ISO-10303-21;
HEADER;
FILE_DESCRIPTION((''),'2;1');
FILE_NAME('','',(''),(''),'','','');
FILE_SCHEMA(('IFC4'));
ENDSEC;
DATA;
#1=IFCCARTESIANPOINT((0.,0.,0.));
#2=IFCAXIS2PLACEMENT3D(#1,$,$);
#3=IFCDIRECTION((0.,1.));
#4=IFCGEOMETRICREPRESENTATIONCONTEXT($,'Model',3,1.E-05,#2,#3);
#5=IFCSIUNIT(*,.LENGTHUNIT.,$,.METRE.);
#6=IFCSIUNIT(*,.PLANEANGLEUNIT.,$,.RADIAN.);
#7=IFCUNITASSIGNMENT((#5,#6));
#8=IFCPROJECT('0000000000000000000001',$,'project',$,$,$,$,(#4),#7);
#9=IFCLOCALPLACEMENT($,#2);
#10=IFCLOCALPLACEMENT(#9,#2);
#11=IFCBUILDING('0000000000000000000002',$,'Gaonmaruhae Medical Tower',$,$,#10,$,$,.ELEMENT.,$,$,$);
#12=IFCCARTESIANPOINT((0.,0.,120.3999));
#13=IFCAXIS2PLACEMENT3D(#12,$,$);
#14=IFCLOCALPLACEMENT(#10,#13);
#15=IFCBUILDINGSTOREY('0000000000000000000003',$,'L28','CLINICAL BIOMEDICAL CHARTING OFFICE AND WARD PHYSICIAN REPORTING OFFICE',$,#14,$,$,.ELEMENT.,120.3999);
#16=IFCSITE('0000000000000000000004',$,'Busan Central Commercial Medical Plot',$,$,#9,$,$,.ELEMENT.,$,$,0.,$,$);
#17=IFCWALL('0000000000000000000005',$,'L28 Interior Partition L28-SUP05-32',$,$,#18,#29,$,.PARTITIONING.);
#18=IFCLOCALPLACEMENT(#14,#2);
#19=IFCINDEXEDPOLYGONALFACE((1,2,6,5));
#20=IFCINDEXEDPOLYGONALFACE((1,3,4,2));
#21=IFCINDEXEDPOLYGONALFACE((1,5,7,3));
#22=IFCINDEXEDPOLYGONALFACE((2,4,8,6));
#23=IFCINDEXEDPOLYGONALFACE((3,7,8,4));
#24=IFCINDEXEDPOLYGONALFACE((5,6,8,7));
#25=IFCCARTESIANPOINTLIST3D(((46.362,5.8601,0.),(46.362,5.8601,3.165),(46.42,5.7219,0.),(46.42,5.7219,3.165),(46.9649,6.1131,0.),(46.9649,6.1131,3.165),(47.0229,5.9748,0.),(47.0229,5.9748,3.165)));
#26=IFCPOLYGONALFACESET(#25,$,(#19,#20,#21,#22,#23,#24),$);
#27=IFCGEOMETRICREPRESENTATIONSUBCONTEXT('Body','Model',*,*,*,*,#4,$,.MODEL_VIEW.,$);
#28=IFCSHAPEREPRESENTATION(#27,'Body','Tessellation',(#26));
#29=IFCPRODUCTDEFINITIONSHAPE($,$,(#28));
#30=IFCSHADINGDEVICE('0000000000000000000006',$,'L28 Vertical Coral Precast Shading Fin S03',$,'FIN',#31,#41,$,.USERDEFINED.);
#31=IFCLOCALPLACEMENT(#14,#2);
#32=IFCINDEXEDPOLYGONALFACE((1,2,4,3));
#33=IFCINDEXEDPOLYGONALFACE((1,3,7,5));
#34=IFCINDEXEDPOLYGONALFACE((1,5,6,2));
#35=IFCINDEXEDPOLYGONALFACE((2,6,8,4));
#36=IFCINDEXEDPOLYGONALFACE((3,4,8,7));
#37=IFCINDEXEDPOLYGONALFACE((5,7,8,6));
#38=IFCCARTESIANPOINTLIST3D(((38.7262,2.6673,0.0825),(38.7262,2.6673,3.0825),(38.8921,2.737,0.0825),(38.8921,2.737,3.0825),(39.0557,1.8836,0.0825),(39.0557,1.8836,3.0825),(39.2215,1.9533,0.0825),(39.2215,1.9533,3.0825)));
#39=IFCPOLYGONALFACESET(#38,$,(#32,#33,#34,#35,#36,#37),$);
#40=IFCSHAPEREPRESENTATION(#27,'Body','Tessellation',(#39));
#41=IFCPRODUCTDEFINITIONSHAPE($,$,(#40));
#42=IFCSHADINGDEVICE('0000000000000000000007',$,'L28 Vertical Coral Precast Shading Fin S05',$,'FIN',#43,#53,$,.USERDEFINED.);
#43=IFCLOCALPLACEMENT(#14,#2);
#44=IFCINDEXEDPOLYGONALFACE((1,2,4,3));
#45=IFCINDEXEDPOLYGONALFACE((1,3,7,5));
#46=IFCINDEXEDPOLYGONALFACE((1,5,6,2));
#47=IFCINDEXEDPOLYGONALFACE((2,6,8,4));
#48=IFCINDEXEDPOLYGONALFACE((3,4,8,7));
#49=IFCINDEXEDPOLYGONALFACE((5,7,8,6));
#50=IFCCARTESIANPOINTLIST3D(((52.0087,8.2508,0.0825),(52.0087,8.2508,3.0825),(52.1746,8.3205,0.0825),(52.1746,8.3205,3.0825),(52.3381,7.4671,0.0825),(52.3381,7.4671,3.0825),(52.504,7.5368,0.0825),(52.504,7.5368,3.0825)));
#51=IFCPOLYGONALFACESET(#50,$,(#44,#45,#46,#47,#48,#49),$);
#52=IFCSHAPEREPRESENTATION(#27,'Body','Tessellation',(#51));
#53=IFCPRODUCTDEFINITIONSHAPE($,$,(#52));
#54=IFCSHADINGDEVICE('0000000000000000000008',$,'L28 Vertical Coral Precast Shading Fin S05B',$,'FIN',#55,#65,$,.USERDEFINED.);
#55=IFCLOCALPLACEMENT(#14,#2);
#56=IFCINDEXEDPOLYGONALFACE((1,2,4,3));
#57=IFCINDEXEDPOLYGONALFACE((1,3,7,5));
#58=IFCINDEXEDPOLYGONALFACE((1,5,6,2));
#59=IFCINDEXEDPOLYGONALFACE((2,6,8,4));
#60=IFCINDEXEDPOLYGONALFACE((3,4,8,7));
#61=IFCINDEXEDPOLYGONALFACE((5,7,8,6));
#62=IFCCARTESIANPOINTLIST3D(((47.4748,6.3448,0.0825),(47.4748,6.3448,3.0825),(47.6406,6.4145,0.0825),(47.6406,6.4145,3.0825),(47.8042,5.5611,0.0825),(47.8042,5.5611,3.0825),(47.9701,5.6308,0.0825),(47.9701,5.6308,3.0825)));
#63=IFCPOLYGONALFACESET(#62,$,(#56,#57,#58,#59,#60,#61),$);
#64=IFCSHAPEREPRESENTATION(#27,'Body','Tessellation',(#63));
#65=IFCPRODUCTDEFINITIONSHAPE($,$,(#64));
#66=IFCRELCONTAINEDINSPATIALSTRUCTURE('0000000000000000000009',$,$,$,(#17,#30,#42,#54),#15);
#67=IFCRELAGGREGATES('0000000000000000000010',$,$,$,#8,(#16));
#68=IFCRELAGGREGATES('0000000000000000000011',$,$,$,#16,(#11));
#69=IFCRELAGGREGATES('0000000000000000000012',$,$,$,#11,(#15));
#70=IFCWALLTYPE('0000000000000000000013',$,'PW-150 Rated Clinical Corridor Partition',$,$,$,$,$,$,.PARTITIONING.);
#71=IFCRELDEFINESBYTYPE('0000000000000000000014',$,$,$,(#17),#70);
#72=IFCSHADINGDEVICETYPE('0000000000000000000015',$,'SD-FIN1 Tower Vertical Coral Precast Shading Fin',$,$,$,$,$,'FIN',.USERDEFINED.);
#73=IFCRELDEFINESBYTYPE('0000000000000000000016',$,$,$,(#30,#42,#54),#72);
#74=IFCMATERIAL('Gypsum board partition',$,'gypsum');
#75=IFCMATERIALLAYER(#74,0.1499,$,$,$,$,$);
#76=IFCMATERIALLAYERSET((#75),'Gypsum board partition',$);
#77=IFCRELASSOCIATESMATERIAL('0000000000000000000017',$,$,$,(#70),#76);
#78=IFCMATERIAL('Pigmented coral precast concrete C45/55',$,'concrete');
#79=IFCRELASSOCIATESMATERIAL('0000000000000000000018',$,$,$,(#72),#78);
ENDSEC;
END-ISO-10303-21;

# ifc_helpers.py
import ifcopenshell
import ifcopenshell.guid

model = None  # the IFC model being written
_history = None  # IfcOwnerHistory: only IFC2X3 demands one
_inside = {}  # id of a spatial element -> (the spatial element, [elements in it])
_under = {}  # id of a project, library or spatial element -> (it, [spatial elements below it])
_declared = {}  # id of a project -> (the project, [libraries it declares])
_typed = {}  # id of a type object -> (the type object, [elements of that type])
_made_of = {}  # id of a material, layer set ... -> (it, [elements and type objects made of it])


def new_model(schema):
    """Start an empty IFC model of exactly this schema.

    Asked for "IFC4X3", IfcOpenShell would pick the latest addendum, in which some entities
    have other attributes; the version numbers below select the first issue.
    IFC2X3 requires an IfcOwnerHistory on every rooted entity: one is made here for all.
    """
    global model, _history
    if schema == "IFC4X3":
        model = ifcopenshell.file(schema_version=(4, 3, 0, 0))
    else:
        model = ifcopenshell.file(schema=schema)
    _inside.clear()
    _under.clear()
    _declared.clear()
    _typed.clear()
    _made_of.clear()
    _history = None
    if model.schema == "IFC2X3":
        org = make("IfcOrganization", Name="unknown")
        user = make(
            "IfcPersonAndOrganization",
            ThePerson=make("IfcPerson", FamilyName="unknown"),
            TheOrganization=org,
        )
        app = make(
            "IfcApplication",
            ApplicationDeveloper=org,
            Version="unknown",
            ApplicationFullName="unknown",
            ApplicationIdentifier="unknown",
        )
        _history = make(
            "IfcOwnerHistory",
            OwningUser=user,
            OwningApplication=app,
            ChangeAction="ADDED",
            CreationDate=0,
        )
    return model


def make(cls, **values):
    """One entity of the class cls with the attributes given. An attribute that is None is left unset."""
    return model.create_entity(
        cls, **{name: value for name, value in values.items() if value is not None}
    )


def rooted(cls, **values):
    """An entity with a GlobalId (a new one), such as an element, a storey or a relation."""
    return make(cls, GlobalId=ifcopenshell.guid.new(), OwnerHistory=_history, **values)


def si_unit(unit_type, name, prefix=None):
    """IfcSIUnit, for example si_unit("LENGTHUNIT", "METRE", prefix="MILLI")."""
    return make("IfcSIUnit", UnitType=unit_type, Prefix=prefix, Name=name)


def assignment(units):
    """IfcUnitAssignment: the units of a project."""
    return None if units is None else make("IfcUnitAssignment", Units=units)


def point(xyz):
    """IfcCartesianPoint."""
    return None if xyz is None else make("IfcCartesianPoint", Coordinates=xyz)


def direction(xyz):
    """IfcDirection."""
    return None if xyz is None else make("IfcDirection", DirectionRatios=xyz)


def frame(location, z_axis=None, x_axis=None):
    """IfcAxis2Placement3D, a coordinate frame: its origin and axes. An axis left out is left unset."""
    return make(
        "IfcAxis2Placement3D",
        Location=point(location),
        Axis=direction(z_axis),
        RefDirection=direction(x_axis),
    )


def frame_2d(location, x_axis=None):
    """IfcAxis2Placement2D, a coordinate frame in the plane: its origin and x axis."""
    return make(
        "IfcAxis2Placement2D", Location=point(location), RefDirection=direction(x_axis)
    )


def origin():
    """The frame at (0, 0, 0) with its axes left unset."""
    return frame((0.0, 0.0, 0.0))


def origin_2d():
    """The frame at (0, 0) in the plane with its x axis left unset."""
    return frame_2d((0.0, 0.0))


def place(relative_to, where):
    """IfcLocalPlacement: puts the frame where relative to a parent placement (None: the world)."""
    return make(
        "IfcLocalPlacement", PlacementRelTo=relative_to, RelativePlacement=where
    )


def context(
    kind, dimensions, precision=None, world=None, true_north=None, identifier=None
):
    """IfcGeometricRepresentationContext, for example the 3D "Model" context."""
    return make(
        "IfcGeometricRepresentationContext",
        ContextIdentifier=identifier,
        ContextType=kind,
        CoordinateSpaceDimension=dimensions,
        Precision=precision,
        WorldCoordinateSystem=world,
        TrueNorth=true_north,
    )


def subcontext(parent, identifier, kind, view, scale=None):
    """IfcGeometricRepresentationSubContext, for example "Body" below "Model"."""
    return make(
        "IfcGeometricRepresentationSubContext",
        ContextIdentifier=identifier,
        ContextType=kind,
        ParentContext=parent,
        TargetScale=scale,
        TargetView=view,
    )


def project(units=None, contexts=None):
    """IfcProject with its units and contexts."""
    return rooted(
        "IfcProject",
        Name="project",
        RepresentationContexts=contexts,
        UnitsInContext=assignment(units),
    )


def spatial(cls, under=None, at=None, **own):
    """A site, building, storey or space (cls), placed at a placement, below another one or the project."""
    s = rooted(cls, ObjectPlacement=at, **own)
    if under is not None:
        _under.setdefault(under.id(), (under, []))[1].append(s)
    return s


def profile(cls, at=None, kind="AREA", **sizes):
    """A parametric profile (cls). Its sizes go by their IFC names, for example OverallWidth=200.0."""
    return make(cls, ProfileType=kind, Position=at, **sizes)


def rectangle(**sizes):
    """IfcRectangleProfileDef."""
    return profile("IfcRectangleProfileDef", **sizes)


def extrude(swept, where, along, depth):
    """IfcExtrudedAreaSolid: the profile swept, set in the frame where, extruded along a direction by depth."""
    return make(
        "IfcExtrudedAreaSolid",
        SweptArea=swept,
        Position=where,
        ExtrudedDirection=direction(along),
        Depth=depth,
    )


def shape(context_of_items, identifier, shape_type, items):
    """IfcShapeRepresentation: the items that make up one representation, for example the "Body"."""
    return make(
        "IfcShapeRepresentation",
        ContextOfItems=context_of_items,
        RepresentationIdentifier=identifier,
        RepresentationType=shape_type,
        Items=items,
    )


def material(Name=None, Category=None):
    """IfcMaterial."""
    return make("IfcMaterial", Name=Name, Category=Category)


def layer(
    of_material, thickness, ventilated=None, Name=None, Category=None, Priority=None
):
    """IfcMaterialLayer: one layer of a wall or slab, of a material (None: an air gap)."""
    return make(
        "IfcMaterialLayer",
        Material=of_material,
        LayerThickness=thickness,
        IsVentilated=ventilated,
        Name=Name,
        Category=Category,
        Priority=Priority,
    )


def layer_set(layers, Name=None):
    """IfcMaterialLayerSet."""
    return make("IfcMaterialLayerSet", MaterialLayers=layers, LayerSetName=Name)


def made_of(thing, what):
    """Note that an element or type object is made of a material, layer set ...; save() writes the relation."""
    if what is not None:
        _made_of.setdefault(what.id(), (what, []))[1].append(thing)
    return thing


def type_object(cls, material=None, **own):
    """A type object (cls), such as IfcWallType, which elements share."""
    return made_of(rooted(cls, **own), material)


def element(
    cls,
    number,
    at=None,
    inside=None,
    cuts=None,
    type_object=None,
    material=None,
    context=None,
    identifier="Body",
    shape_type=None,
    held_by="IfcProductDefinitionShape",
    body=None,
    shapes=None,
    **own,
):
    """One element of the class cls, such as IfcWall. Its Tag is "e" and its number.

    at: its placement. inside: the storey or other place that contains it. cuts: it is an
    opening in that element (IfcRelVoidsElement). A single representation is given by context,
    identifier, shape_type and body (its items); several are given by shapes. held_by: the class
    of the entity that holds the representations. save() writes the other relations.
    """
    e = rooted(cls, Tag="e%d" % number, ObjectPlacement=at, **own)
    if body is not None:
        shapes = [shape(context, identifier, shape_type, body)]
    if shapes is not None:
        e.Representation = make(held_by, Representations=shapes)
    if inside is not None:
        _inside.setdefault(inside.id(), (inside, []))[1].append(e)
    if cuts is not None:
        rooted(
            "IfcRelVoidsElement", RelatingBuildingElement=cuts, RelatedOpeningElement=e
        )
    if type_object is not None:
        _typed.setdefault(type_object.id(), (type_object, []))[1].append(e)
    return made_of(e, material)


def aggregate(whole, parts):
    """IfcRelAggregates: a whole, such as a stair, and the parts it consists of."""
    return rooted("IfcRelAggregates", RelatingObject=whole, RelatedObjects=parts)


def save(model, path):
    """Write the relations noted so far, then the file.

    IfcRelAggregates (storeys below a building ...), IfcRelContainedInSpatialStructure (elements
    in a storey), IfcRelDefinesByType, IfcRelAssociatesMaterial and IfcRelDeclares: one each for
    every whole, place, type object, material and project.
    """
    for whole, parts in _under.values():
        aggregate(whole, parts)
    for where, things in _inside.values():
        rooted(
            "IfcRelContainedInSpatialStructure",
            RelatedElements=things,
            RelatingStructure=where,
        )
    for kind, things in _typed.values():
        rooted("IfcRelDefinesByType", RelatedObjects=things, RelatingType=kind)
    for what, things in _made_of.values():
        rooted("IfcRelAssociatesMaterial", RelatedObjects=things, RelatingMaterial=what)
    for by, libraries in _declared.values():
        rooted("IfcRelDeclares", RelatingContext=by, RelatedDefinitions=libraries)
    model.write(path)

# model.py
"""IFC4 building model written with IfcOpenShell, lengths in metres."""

from ifc_helpers import new_model, si_unit, direction, frame, frame_2d, origin, origin_2d, place, context, subcontext, project, spatial, rectangle, extrude, material, layer, layer_set, type_object, element, save


model = new_model("IFC4")

# Units and contexts
model_context = context("Model", 3, precision=1e-05, world=origin(), true_north=direction((0.0, 1.0)))
body_context = subcontext(model_context, "Body", "Model", "MODEL_VIEW")
ifc_project = project(units=[si_unit("LENGTHUNIT", "METRE"), si_unit("PLANEANGLEUNIT", "RADIAN")], contexts=[model_context])

# Site, building, storey
site_placement = place(None, origin())
site = spatial("IfcSite", under=ifc_project, at=site_placement, Name="Busan Central Commercial Medical Plot", CompositionType="ELEMENT", RefElevation=0.0)
building_placement = place(site_placement, origin())
building = spatial("IfcBuilding", under=site, at=building_placement, Name="Gaonmaruhae Medical Tower", CompositionType="ELEMENT")
storey_placement = place(building_placement, frame((0.0, 0.0, 120.3999)))
storey = spatial("IfcBuildingStorey", under=building, at=storey_placement, Name="L28", Description="CLINICAL BIOMEDICAL CHARTING OFFICE AND WARD PHYSICIAN REPORTING OFFICE", CompositionType="ELEMENT", Elevation=120.3999)

# Shared definitions
ifc_material_1 = material(Name="Gypsum board partition", Category="gypsum")
ifc_layer_1 = layer(ifc_material_1, 0.1499)
ifc_layer_set_1 = layer_set([ifc_layer_1], Name="Gypsum board partition")
wall_type_1 = type_object("IfcWallType", Name="PW-150 Rated Clinical Corridor Partition", PredefinedType="PARTITIONING", material=ifc_layer_set_1)

# Wall
wall_1_placement = place(storey_placement, frame((46.9939, 6.0439, 0.0), z_axis=(0.0, 0.0, 1.0), x_axis=(-0.922113, -0.386921, 0.0)))
element("IfcWall", 1, at=wall_1_placement, inside=storey, type_object=wall_type_1, Name="L28 Interior Partition L28-SUP05-32", PredefinedType="PARTITIONING", context=body_context, shape_type="SweptSolid", body=[
    extrude(rectangle(XDim=0.6538, YDim=0.1499, at=frame_2d((0.3269, 0.0))), origin(), (0.0, 0.0, 1.0), 3.165),
])

# Shading devices
ifc_material_2 = material(Name="Pigmented coral precast concrete C45/55", Category="concrete")
shading_device_type = type_object("IfcShadingDeviceType", Name="SD-FIN1 Tower Vertical Coral Precast Shading Fin", ElementType="FIN", PredefinedType="USERDEFINED", material=ifc_material_2)
for number, where, z_axis, x_axis, name in (
    (2, (38.9739, 2.3103, 0.0825), (0.0, 0.0, 1.0), (-0.921863, -0.387516, 0.0), "L28 Vertical Coral Precast Shading Fin S03"),
    (3, (52.2563, 7.8938, 0.0825), (0.0, 0.0, 1.0), (-0.921856, -0.387532, 0.0), "L28 Vertical Coral Precast Shading Fin S05"),
    (4, (47.7224, 5.9878, 0.0825), (0.0, 0.0, 1.0), (-0.921856, -0.387532, 0.0), "L28 Vertical Coral Precast Shading Fin S05B"),
):
    element("IfcShadingDevice", number, at=place(storey_placement, frame(where, z_axis=z_axis, x_axis=x_axis)), inside=storey, type_object=shading_device_type, Name=name, ObjectType="FIN", PredefinedType="USERDEFINED", context=body_context, shape_type="SweptSolid", body=[
        extrude(rectangle(XDim=0.1799, YDim=0.8501, at=origin_2d()), origin(), (0.0, 0.0, 1.0), 3.0),
    ])

save(model, "model.ifc")
